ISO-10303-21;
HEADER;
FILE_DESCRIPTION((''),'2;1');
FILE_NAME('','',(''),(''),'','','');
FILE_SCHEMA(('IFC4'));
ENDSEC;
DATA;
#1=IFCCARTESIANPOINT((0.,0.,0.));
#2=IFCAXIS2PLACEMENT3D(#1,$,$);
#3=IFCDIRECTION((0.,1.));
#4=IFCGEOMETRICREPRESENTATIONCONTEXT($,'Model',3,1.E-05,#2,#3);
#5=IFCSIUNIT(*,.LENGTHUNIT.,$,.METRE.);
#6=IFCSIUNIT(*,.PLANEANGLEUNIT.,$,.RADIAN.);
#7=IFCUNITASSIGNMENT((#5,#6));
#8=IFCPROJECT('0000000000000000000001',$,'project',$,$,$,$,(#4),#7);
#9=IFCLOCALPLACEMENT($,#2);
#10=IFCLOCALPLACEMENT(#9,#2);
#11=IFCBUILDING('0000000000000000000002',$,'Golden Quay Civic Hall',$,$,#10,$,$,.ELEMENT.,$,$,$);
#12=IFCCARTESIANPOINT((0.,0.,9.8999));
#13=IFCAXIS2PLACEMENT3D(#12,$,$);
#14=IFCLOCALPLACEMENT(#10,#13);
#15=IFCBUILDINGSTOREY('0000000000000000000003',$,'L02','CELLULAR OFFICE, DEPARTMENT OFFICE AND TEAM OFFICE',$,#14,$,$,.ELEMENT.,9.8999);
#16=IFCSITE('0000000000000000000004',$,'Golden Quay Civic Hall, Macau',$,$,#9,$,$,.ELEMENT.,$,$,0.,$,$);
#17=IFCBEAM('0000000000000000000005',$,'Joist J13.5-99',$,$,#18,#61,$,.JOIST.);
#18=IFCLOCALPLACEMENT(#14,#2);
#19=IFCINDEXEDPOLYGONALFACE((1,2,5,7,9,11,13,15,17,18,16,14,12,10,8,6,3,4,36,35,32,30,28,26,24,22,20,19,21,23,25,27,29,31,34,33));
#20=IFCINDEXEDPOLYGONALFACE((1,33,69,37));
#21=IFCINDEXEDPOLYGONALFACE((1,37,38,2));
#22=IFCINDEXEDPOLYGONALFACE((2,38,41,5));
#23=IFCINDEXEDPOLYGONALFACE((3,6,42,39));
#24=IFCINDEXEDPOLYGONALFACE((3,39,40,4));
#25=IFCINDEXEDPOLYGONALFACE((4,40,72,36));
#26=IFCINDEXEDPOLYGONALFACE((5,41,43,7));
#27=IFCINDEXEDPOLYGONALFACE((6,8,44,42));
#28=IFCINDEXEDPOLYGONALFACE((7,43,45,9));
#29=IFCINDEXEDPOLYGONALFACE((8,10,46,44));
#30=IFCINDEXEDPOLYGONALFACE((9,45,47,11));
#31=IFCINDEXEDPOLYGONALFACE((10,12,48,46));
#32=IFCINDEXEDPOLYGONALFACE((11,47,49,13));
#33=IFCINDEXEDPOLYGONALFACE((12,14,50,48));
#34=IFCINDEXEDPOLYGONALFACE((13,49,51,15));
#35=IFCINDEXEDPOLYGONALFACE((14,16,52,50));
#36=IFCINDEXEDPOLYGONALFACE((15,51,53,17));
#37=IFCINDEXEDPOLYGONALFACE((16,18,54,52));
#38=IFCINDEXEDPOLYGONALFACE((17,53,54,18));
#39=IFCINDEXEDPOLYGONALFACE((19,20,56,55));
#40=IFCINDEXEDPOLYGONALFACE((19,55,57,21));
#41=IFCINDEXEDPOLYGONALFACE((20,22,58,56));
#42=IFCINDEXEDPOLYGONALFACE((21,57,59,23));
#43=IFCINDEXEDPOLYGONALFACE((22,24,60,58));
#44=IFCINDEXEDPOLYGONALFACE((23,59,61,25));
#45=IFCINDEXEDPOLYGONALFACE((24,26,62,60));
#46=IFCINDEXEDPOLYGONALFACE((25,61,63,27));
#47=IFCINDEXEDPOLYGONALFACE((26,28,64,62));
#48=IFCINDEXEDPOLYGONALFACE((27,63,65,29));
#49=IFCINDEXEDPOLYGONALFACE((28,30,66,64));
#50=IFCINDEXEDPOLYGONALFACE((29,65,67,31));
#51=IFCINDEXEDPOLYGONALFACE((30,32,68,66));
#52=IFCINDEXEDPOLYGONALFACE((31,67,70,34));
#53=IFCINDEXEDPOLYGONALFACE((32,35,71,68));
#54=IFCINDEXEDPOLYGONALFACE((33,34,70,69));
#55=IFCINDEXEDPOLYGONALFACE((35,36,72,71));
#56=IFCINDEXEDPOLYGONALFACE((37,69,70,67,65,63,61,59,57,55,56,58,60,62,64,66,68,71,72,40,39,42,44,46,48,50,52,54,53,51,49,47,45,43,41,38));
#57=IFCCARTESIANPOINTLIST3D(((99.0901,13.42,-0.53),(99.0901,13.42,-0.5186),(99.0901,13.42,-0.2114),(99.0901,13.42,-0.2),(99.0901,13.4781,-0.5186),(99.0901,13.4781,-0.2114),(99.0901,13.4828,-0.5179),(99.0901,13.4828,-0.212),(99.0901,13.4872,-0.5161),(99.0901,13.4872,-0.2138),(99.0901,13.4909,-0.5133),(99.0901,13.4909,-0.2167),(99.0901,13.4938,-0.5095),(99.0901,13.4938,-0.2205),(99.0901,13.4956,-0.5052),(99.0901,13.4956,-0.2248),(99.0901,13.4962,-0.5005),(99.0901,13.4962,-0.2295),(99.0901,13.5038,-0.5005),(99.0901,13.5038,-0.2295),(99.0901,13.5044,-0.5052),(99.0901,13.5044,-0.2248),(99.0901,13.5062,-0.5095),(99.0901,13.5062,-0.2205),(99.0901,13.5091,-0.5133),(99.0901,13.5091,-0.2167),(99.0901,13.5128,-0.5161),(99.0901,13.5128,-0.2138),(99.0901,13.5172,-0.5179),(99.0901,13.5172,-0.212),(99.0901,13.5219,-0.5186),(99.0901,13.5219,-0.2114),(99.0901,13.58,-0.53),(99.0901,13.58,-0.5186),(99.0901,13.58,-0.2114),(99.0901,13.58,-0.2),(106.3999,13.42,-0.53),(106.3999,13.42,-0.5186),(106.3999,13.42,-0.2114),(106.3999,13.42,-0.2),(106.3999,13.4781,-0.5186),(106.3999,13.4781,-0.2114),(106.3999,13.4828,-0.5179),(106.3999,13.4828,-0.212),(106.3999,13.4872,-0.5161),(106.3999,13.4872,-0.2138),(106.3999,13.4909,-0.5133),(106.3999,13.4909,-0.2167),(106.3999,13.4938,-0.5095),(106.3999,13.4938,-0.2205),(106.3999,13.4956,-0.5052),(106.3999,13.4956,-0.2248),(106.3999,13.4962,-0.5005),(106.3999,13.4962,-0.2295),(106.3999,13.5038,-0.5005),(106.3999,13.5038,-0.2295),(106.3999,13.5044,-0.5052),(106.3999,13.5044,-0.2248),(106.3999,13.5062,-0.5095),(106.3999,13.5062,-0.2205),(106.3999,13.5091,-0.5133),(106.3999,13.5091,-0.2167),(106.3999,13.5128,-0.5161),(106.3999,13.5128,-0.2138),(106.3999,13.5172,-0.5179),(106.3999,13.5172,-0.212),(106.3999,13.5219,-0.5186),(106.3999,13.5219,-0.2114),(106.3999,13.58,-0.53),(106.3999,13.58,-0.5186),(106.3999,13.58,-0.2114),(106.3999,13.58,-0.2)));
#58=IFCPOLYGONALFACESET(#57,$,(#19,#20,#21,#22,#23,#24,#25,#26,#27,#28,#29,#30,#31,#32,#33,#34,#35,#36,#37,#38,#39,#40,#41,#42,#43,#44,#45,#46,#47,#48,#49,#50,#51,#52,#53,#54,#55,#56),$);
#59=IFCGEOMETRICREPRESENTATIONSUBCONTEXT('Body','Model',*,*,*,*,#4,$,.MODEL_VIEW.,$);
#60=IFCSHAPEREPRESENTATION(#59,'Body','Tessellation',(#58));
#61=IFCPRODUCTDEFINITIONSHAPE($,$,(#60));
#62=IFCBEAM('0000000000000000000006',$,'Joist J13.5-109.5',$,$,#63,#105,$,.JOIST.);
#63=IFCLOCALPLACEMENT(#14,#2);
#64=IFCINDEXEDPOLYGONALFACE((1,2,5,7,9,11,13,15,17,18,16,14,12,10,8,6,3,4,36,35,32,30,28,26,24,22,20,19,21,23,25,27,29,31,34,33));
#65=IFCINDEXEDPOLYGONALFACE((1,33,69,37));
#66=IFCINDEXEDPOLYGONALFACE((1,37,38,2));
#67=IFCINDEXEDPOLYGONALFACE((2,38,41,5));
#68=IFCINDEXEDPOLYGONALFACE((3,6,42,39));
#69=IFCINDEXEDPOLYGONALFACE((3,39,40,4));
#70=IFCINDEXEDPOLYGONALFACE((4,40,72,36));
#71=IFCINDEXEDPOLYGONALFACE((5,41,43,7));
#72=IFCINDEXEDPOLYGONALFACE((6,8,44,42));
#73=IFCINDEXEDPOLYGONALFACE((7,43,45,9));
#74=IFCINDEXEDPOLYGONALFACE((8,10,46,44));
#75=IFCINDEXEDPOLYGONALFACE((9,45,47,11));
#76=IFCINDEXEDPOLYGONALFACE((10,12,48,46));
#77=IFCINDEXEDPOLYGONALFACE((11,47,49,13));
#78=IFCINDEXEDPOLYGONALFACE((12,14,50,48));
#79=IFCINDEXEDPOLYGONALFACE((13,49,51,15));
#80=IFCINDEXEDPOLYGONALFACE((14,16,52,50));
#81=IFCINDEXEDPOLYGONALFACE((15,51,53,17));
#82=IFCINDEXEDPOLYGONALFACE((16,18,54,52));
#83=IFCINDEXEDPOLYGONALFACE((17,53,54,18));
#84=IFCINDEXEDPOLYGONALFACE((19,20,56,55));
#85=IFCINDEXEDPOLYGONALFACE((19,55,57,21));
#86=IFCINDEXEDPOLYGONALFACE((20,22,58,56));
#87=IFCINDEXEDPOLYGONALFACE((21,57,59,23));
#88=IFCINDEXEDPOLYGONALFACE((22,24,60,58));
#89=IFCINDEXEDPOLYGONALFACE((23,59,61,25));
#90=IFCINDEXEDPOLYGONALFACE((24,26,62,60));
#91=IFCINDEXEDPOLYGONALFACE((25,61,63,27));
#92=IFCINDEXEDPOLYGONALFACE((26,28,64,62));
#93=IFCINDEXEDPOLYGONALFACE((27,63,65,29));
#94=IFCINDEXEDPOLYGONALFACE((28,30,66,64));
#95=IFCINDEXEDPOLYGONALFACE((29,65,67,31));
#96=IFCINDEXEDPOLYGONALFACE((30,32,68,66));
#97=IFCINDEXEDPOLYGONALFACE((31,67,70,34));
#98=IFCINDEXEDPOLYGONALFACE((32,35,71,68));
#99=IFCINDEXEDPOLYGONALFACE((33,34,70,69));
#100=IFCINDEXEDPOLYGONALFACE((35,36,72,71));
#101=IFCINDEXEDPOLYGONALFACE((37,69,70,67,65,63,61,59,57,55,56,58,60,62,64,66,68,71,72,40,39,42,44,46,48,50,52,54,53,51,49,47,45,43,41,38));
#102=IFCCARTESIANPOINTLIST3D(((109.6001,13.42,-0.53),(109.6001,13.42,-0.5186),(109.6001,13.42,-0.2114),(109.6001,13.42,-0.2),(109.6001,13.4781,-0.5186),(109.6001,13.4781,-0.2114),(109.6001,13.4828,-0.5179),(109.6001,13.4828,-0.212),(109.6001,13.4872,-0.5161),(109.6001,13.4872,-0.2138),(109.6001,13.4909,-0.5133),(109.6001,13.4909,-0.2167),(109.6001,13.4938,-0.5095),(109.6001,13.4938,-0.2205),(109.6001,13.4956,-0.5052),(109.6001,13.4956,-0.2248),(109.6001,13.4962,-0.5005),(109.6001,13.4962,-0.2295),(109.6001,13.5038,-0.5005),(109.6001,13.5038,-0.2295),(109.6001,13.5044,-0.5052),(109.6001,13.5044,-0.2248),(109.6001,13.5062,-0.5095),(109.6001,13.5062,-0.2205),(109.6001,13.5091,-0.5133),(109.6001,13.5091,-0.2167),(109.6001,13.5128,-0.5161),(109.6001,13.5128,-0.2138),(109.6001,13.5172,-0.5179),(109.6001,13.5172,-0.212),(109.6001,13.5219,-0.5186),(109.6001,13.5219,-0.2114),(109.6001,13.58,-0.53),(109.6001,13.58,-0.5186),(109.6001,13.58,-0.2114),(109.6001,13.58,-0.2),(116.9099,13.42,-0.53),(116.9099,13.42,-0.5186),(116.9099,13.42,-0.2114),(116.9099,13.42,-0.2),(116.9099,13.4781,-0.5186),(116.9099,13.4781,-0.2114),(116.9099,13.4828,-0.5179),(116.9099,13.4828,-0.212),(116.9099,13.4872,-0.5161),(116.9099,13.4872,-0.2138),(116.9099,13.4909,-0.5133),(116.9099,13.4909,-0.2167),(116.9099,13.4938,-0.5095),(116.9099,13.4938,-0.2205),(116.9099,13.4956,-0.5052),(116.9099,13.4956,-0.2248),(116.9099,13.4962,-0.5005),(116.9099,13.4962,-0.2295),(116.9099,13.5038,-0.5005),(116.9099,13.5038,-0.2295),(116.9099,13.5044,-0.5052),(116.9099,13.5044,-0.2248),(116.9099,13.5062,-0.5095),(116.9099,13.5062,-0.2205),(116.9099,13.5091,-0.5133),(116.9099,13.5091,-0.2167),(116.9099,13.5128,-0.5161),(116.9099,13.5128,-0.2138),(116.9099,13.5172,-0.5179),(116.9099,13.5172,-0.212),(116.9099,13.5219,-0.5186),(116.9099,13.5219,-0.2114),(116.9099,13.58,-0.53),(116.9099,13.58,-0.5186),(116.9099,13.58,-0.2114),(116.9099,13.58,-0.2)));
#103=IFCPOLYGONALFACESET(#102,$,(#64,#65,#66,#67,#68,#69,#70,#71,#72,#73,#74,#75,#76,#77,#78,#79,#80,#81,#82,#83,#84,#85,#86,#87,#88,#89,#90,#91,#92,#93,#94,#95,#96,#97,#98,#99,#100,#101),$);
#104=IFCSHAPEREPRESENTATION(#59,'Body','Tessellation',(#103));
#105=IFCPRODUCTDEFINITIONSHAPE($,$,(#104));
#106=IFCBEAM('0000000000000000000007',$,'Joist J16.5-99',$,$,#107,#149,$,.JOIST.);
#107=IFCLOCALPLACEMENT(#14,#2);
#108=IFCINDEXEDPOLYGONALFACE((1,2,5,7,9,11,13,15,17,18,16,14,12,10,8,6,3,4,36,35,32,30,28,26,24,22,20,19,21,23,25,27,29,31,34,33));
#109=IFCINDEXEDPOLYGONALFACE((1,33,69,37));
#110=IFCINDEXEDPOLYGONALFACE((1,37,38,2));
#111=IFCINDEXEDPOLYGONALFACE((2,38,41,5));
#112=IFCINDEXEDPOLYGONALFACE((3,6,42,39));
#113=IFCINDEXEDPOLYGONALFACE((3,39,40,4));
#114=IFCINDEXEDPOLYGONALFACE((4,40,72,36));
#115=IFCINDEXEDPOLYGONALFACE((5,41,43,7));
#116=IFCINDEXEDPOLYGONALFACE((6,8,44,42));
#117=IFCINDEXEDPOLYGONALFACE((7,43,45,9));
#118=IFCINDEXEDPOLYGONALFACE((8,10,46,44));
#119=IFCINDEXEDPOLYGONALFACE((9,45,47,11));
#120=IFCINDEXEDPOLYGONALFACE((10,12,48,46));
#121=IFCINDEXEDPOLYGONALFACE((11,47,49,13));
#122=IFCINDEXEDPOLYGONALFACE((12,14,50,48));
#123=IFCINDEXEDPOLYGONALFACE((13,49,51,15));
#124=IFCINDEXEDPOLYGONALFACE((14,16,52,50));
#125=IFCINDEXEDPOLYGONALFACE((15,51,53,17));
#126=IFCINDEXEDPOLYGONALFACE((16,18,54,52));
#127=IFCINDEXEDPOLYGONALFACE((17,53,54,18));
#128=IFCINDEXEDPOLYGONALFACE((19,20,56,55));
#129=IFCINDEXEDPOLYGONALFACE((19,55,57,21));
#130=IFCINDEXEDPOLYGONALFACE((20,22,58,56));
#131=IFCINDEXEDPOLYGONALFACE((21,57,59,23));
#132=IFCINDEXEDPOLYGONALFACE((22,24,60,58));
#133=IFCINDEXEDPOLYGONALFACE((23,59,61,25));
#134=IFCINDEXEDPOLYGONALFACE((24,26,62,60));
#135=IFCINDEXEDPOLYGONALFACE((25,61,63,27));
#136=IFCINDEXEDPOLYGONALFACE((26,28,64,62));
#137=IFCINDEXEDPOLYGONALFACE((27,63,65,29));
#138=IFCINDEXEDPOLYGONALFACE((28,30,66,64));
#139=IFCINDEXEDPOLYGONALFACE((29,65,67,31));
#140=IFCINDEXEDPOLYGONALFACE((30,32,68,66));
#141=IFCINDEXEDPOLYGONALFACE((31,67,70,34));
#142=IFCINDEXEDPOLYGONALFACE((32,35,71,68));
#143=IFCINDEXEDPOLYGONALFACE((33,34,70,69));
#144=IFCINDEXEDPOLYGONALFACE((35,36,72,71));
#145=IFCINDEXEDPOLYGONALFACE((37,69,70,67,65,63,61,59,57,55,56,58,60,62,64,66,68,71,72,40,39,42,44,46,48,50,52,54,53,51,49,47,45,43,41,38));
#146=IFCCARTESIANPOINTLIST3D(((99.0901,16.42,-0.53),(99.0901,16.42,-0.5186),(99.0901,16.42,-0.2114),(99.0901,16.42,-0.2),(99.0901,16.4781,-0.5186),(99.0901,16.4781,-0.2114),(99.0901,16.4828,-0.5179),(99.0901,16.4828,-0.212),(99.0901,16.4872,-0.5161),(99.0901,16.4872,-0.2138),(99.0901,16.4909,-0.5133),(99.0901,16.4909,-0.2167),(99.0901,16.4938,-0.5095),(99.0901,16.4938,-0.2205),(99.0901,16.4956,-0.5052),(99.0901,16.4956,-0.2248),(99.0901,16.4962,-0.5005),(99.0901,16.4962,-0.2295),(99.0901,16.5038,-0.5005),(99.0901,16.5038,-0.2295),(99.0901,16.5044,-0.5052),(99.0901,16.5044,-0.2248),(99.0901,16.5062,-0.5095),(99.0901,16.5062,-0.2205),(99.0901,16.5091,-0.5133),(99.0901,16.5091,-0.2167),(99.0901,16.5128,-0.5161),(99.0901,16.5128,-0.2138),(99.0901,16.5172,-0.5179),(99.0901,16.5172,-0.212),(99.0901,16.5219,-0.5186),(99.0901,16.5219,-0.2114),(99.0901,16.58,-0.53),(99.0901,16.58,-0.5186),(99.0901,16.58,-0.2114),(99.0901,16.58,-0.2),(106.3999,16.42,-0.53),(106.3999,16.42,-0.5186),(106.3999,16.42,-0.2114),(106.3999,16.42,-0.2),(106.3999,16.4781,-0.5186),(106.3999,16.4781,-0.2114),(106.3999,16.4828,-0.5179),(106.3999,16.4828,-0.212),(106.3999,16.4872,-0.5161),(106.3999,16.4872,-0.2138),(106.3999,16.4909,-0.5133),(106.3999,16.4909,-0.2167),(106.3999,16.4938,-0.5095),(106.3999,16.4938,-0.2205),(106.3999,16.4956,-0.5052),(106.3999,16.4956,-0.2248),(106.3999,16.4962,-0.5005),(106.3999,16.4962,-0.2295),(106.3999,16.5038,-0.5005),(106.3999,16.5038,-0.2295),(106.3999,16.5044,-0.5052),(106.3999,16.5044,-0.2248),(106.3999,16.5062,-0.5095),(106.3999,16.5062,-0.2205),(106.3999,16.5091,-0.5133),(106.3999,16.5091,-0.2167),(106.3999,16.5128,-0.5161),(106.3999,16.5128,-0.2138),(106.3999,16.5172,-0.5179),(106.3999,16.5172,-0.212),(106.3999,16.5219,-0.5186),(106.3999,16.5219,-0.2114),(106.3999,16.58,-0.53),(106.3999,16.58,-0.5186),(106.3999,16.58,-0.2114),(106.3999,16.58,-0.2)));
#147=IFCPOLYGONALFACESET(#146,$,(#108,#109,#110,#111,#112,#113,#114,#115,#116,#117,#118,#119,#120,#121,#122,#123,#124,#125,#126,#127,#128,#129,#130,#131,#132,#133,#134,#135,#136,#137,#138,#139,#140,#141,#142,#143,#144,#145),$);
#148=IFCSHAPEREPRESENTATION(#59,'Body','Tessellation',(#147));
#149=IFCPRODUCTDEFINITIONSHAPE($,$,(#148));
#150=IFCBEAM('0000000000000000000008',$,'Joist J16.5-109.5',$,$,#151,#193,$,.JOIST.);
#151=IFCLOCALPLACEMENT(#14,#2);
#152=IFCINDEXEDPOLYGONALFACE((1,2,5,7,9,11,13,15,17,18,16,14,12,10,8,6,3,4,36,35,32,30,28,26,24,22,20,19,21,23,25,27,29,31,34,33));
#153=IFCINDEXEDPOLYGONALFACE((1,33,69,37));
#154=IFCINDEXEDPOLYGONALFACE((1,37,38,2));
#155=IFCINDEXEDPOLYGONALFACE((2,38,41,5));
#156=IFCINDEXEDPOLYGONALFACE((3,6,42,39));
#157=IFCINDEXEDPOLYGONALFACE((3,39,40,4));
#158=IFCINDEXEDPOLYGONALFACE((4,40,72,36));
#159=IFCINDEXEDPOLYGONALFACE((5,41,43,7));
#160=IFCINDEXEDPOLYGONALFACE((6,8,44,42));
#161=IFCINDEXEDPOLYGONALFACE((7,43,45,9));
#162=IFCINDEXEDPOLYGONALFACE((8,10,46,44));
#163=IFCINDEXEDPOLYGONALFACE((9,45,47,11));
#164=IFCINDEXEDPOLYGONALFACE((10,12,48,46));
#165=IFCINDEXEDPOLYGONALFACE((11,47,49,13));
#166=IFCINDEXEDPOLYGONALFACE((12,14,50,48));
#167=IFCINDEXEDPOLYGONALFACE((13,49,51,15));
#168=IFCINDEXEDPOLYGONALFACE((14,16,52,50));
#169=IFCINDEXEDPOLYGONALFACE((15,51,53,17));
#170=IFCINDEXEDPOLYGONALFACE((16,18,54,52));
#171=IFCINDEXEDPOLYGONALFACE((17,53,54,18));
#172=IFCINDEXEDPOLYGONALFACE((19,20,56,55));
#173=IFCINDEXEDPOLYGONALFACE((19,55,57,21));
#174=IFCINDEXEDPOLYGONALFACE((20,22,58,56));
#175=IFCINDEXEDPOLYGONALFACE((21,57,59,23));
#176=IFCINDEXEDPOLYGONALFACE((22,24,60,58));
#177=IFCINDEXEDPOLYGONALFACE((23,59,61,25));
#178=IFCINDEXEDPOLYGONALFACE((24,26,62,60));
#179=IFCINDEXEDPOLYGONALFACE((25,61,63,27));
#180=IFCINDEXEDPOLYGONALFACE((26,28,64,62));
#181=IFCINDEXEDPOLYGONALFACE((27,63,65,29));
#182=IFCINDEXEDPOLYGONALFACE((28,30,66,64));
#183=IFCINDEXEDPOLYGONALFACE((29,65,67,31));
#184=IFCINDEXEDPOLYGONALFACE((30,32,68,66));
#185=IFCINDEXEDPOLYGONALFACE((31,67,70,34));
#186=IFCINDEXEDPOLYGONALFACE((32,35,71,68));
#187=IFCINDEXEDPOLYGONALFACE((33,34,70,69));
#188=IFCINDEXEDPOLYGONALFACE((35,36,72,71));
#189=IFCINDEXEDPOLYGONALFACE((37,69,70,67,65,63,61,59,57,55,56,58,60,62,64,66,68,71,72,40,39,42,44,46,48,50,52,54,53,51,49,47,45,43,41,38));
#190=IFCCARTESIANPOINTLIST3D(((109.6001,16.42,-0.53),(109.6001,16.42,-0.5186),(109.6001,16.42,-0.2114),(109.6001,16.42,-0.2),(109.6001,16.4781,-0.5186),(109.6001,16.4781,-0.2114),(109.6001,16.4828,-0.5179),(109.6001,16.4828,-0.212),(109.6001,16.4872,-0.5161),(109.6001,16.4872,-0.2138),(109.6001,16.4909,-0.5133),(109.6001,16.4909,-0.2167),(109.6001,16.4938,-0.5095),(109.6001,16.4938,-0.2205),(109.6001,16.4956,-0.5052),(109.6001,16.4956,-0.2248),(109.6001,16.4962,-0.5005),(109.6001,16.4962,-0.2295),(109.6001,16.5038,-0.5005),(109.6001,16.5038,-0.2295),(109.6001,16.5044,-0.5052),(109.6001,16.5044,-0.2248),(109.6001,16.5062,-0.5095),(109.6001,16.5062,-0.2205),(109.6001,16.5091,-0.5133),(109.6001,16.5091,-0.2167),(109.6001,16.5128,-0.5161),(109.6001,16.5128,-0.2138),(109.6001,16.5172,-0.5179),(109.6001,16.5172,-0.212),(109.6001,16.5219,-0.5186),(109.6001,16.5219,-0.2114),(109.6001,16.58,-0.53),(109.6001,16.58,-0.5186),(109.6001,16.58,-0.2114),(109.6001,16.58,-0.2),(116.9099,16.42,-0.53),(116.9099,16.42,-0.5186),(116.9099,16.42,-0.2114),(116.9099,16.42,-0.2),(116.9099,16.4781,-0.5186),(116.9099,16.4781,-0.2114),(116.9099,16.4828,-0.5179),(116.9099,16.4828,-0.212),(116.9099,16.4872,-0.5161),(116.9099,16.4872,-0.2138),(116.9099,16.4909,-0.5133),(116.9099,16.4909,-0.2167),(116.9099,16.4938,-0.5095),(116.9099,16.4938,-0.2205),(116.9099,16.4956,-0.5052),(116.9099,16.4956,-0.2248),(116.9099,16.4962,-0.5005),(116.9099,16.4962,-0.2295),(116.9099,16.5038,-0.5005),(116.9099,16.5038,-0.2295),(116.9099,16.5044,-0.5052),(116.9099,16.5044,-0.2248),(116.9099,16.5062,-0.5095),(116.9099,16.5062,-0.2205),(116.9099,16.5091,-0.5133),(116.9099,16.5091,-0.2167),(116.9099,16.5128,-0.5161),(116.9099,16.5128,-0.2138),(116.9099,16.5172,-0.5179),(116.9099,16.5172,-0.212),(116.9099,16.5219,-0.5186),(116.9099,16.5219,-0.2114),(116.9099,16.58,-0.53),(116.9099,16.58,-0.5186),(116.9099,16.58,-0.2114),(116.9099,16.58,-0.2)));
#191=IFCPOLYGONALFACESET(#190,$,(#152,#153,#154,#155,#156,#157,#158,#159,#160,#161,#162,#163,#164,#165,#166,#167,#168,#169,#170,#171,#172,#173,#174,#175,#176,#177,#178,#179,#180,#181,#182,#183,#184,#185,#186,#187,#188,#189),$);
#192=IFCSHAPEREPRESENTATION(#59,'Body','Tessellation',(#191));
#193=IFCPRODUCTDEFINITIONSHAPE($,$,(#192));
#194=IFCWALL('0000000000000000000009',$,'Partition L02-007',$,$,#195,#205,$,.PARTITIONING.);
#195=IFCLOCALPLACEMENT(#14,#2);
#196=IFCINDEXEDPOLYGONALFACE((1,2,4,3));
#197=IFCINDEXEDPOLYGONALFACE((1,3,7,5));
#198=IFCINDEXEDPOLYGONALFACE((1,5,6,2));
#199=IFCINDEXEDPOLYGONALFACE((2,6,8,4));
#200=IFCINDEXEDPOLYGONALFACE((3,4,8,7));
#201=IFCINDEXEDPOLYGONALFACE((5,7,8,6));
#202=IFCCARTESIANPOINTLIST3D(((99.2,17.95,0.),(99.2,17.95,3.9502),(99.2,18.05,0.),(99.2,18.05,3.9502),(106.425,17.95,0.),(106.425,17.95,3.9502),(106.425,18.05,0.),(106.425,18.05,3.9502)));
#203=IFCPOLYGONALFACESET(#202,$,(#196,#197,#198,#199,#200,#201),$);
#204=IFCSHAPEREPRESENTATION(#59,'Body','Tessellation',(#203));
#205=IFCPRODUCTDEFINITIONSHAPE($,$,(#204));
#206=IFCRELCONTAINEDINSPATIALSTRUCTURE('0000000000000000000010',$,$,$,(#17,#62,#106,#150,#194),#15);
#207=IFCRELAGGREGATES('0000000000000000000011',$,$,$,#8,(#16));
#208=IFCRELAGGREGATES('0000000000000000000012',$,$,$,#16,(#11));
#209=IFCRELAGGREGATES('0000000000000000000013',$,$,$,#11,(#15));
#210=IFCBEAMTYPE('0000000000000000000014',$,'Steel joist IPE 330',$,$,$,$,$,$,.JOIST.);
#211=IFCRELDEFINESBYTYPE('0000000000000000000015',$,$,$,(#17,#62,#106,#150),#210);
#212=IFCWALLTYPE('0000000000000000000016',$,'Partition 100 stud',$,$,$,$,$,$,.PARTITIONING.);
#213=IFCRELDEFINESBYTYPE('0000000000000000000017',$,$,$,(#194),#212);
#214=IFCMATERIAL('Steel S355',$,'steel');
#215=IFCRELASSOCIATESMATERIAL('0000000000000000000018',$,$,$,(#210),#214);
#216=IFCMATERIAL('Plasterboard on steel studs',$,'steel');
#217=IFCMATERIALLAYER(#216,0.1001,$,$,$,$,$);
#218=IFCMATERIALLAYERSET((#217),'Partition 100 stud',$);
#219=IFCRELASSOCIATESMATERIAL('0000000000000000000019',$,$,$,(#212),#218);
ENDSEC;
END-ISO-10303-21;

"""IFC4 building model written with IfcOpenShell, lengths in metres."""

from ifc_helpers import new_model, si_unit, direction, frame, frame_2d, origin, origin_2d, place, context, subcontext, project, spatial, rectangle, i_section, extrude, material, layer, layer_set, material_profile, profile_set, type_object, element, save


model = new_model("IFC4")

# Units and contexts
model_context = context("Model", 3, precision=1e-05, world=origin(), true_north=direction((0.0, 1.0)))
body_context = subcontext(model_context, "Body", "Model", "MODEL_VIEW")
ifc_project = project(units=[si_unit("LENGTHUNIT", "METRE"), si_unit("PLANEANGLEUNIT", "RADIAN")], contexts=[model_context])

# Site, building, storey
site_placement = place(None, origin())
site = spatial("IfcSite", under=ifc_project, at=site_placement, Name="Golden Quay Civic Hall, Macau", CompositionType="ELEMENT", RefElevation=0.0)
building_placement = place(site_placement, origin())
building = spatial("IfcBuilding", under=site, at=building_placement, Name="Golden Quay Civic Hall", CompositionType="ELEMENT")
storey_placement = place(building_placement, frame((0.0, 0.0, 9.8999)))
storey = spatial("IfcBuildingStorey", under=building, at=storey_placement, Name="L02", Description="CELLULAR OFFICE, DEPARTMENT OFFICE AND TEAM OFFICE", CompositionType="ELEMENT", Elevation=9.8999)

# Beams
ifc_material_1 = material(Name="Steel S355", Category="steel")
ifc_material_profile_1 = material_profile(ifc_material_1, i_section(OverallWidth=0.1599, OverallDepth=0.3301, WebThickness=0.0076, FlangeThickness=0.0115, FilletRadius=0.0181, at=origin_2d()), Name="IPE 330")
ifc_profile_set_1 = profile_set([ifc_material_profile_1], Name="Steel S355")
beam_type_1 = type_object("IfcBeamType", Name="Steel joist IPE 330", PredefinedType="JOIST", material=ifc_profile_set_1)
for number, where, z_axis, x_axis, name in (
    (1, (99.0901, 13.5, -0.365), (1.0, 0.0, 0.0), (0.0, 1.0, 0.0), "Joist J13.5-99"),
    (2, (109.6001, 13.5, -0.365), (1.0, 0.0, 0.0), (0.0, 1.0, 0.0), "Joist J13.5-109.5"),
    (3, (99.0901, 16.5, -0.365), (1.0, 0.0, 0.0), (0.0, 1.0, 0.0), "Joist J16.5-99"),
    (4, (109.6001, 16.5, -0.365), (1.0, 0.0, 0.0), (0.0, 1.0, 0.0), "Joist J16.5-109.5"),
):
    element("IfcBeam", number, at=place(storey_placement, frame(where, z_axis=z_axis, x_axis=x_axis)), inside=storey, type_object=beam_type_1, Name=name, PredefinedType="JOIST", context=body_context, shape_type="SweptSolid", body=[
        extrude(i_section(OverallWidth=0.1599, OverallDepth=0.3301, WebThickness=0.0076, FlangeThickness=0.0115, FilletRadius=0.0181, at=origin_2d()), origin(), (0.0, 0.0, 1.0), 7.3098),
    ])

# Wall
ifc_material_2 = material(Name="Plasterboard on steel studs", Category="steel")
ifc_layer_1 = layer(ifc_material_2, 0.1001)
ifc_layer_set_1 = layer_set([ifc_layer_1], Name="Partition 100 stud")
wall_type_1 = type_object("IfcWallType", Name="Partition 100 stud", PredefinedType="PARTITIONING", material=ifc_layer_set_1)
wall_1_placement = place(storey_placement, frame((99.2, 18.0, 0.0), z_axis=(0.0, 0.0, 1.0), x_axis=(1.0, 0.0, 0.0)))
element("IfcWall", 5, at=wall_1_placement, inside=storey, type_object=wall_type_1, Name="Partition L02-007", PredefinedType="PARTITIONING", context=body_context, shape_type="SweptSolid", body=[
    extrude(rectangle(XDim=7.2251, YDim=0.1001, at=frame_2d((3.6125, 0.0))), origin(), (0.0, 0.0, 1.0), 3.9502),
])

save(model, "model.ifc")
